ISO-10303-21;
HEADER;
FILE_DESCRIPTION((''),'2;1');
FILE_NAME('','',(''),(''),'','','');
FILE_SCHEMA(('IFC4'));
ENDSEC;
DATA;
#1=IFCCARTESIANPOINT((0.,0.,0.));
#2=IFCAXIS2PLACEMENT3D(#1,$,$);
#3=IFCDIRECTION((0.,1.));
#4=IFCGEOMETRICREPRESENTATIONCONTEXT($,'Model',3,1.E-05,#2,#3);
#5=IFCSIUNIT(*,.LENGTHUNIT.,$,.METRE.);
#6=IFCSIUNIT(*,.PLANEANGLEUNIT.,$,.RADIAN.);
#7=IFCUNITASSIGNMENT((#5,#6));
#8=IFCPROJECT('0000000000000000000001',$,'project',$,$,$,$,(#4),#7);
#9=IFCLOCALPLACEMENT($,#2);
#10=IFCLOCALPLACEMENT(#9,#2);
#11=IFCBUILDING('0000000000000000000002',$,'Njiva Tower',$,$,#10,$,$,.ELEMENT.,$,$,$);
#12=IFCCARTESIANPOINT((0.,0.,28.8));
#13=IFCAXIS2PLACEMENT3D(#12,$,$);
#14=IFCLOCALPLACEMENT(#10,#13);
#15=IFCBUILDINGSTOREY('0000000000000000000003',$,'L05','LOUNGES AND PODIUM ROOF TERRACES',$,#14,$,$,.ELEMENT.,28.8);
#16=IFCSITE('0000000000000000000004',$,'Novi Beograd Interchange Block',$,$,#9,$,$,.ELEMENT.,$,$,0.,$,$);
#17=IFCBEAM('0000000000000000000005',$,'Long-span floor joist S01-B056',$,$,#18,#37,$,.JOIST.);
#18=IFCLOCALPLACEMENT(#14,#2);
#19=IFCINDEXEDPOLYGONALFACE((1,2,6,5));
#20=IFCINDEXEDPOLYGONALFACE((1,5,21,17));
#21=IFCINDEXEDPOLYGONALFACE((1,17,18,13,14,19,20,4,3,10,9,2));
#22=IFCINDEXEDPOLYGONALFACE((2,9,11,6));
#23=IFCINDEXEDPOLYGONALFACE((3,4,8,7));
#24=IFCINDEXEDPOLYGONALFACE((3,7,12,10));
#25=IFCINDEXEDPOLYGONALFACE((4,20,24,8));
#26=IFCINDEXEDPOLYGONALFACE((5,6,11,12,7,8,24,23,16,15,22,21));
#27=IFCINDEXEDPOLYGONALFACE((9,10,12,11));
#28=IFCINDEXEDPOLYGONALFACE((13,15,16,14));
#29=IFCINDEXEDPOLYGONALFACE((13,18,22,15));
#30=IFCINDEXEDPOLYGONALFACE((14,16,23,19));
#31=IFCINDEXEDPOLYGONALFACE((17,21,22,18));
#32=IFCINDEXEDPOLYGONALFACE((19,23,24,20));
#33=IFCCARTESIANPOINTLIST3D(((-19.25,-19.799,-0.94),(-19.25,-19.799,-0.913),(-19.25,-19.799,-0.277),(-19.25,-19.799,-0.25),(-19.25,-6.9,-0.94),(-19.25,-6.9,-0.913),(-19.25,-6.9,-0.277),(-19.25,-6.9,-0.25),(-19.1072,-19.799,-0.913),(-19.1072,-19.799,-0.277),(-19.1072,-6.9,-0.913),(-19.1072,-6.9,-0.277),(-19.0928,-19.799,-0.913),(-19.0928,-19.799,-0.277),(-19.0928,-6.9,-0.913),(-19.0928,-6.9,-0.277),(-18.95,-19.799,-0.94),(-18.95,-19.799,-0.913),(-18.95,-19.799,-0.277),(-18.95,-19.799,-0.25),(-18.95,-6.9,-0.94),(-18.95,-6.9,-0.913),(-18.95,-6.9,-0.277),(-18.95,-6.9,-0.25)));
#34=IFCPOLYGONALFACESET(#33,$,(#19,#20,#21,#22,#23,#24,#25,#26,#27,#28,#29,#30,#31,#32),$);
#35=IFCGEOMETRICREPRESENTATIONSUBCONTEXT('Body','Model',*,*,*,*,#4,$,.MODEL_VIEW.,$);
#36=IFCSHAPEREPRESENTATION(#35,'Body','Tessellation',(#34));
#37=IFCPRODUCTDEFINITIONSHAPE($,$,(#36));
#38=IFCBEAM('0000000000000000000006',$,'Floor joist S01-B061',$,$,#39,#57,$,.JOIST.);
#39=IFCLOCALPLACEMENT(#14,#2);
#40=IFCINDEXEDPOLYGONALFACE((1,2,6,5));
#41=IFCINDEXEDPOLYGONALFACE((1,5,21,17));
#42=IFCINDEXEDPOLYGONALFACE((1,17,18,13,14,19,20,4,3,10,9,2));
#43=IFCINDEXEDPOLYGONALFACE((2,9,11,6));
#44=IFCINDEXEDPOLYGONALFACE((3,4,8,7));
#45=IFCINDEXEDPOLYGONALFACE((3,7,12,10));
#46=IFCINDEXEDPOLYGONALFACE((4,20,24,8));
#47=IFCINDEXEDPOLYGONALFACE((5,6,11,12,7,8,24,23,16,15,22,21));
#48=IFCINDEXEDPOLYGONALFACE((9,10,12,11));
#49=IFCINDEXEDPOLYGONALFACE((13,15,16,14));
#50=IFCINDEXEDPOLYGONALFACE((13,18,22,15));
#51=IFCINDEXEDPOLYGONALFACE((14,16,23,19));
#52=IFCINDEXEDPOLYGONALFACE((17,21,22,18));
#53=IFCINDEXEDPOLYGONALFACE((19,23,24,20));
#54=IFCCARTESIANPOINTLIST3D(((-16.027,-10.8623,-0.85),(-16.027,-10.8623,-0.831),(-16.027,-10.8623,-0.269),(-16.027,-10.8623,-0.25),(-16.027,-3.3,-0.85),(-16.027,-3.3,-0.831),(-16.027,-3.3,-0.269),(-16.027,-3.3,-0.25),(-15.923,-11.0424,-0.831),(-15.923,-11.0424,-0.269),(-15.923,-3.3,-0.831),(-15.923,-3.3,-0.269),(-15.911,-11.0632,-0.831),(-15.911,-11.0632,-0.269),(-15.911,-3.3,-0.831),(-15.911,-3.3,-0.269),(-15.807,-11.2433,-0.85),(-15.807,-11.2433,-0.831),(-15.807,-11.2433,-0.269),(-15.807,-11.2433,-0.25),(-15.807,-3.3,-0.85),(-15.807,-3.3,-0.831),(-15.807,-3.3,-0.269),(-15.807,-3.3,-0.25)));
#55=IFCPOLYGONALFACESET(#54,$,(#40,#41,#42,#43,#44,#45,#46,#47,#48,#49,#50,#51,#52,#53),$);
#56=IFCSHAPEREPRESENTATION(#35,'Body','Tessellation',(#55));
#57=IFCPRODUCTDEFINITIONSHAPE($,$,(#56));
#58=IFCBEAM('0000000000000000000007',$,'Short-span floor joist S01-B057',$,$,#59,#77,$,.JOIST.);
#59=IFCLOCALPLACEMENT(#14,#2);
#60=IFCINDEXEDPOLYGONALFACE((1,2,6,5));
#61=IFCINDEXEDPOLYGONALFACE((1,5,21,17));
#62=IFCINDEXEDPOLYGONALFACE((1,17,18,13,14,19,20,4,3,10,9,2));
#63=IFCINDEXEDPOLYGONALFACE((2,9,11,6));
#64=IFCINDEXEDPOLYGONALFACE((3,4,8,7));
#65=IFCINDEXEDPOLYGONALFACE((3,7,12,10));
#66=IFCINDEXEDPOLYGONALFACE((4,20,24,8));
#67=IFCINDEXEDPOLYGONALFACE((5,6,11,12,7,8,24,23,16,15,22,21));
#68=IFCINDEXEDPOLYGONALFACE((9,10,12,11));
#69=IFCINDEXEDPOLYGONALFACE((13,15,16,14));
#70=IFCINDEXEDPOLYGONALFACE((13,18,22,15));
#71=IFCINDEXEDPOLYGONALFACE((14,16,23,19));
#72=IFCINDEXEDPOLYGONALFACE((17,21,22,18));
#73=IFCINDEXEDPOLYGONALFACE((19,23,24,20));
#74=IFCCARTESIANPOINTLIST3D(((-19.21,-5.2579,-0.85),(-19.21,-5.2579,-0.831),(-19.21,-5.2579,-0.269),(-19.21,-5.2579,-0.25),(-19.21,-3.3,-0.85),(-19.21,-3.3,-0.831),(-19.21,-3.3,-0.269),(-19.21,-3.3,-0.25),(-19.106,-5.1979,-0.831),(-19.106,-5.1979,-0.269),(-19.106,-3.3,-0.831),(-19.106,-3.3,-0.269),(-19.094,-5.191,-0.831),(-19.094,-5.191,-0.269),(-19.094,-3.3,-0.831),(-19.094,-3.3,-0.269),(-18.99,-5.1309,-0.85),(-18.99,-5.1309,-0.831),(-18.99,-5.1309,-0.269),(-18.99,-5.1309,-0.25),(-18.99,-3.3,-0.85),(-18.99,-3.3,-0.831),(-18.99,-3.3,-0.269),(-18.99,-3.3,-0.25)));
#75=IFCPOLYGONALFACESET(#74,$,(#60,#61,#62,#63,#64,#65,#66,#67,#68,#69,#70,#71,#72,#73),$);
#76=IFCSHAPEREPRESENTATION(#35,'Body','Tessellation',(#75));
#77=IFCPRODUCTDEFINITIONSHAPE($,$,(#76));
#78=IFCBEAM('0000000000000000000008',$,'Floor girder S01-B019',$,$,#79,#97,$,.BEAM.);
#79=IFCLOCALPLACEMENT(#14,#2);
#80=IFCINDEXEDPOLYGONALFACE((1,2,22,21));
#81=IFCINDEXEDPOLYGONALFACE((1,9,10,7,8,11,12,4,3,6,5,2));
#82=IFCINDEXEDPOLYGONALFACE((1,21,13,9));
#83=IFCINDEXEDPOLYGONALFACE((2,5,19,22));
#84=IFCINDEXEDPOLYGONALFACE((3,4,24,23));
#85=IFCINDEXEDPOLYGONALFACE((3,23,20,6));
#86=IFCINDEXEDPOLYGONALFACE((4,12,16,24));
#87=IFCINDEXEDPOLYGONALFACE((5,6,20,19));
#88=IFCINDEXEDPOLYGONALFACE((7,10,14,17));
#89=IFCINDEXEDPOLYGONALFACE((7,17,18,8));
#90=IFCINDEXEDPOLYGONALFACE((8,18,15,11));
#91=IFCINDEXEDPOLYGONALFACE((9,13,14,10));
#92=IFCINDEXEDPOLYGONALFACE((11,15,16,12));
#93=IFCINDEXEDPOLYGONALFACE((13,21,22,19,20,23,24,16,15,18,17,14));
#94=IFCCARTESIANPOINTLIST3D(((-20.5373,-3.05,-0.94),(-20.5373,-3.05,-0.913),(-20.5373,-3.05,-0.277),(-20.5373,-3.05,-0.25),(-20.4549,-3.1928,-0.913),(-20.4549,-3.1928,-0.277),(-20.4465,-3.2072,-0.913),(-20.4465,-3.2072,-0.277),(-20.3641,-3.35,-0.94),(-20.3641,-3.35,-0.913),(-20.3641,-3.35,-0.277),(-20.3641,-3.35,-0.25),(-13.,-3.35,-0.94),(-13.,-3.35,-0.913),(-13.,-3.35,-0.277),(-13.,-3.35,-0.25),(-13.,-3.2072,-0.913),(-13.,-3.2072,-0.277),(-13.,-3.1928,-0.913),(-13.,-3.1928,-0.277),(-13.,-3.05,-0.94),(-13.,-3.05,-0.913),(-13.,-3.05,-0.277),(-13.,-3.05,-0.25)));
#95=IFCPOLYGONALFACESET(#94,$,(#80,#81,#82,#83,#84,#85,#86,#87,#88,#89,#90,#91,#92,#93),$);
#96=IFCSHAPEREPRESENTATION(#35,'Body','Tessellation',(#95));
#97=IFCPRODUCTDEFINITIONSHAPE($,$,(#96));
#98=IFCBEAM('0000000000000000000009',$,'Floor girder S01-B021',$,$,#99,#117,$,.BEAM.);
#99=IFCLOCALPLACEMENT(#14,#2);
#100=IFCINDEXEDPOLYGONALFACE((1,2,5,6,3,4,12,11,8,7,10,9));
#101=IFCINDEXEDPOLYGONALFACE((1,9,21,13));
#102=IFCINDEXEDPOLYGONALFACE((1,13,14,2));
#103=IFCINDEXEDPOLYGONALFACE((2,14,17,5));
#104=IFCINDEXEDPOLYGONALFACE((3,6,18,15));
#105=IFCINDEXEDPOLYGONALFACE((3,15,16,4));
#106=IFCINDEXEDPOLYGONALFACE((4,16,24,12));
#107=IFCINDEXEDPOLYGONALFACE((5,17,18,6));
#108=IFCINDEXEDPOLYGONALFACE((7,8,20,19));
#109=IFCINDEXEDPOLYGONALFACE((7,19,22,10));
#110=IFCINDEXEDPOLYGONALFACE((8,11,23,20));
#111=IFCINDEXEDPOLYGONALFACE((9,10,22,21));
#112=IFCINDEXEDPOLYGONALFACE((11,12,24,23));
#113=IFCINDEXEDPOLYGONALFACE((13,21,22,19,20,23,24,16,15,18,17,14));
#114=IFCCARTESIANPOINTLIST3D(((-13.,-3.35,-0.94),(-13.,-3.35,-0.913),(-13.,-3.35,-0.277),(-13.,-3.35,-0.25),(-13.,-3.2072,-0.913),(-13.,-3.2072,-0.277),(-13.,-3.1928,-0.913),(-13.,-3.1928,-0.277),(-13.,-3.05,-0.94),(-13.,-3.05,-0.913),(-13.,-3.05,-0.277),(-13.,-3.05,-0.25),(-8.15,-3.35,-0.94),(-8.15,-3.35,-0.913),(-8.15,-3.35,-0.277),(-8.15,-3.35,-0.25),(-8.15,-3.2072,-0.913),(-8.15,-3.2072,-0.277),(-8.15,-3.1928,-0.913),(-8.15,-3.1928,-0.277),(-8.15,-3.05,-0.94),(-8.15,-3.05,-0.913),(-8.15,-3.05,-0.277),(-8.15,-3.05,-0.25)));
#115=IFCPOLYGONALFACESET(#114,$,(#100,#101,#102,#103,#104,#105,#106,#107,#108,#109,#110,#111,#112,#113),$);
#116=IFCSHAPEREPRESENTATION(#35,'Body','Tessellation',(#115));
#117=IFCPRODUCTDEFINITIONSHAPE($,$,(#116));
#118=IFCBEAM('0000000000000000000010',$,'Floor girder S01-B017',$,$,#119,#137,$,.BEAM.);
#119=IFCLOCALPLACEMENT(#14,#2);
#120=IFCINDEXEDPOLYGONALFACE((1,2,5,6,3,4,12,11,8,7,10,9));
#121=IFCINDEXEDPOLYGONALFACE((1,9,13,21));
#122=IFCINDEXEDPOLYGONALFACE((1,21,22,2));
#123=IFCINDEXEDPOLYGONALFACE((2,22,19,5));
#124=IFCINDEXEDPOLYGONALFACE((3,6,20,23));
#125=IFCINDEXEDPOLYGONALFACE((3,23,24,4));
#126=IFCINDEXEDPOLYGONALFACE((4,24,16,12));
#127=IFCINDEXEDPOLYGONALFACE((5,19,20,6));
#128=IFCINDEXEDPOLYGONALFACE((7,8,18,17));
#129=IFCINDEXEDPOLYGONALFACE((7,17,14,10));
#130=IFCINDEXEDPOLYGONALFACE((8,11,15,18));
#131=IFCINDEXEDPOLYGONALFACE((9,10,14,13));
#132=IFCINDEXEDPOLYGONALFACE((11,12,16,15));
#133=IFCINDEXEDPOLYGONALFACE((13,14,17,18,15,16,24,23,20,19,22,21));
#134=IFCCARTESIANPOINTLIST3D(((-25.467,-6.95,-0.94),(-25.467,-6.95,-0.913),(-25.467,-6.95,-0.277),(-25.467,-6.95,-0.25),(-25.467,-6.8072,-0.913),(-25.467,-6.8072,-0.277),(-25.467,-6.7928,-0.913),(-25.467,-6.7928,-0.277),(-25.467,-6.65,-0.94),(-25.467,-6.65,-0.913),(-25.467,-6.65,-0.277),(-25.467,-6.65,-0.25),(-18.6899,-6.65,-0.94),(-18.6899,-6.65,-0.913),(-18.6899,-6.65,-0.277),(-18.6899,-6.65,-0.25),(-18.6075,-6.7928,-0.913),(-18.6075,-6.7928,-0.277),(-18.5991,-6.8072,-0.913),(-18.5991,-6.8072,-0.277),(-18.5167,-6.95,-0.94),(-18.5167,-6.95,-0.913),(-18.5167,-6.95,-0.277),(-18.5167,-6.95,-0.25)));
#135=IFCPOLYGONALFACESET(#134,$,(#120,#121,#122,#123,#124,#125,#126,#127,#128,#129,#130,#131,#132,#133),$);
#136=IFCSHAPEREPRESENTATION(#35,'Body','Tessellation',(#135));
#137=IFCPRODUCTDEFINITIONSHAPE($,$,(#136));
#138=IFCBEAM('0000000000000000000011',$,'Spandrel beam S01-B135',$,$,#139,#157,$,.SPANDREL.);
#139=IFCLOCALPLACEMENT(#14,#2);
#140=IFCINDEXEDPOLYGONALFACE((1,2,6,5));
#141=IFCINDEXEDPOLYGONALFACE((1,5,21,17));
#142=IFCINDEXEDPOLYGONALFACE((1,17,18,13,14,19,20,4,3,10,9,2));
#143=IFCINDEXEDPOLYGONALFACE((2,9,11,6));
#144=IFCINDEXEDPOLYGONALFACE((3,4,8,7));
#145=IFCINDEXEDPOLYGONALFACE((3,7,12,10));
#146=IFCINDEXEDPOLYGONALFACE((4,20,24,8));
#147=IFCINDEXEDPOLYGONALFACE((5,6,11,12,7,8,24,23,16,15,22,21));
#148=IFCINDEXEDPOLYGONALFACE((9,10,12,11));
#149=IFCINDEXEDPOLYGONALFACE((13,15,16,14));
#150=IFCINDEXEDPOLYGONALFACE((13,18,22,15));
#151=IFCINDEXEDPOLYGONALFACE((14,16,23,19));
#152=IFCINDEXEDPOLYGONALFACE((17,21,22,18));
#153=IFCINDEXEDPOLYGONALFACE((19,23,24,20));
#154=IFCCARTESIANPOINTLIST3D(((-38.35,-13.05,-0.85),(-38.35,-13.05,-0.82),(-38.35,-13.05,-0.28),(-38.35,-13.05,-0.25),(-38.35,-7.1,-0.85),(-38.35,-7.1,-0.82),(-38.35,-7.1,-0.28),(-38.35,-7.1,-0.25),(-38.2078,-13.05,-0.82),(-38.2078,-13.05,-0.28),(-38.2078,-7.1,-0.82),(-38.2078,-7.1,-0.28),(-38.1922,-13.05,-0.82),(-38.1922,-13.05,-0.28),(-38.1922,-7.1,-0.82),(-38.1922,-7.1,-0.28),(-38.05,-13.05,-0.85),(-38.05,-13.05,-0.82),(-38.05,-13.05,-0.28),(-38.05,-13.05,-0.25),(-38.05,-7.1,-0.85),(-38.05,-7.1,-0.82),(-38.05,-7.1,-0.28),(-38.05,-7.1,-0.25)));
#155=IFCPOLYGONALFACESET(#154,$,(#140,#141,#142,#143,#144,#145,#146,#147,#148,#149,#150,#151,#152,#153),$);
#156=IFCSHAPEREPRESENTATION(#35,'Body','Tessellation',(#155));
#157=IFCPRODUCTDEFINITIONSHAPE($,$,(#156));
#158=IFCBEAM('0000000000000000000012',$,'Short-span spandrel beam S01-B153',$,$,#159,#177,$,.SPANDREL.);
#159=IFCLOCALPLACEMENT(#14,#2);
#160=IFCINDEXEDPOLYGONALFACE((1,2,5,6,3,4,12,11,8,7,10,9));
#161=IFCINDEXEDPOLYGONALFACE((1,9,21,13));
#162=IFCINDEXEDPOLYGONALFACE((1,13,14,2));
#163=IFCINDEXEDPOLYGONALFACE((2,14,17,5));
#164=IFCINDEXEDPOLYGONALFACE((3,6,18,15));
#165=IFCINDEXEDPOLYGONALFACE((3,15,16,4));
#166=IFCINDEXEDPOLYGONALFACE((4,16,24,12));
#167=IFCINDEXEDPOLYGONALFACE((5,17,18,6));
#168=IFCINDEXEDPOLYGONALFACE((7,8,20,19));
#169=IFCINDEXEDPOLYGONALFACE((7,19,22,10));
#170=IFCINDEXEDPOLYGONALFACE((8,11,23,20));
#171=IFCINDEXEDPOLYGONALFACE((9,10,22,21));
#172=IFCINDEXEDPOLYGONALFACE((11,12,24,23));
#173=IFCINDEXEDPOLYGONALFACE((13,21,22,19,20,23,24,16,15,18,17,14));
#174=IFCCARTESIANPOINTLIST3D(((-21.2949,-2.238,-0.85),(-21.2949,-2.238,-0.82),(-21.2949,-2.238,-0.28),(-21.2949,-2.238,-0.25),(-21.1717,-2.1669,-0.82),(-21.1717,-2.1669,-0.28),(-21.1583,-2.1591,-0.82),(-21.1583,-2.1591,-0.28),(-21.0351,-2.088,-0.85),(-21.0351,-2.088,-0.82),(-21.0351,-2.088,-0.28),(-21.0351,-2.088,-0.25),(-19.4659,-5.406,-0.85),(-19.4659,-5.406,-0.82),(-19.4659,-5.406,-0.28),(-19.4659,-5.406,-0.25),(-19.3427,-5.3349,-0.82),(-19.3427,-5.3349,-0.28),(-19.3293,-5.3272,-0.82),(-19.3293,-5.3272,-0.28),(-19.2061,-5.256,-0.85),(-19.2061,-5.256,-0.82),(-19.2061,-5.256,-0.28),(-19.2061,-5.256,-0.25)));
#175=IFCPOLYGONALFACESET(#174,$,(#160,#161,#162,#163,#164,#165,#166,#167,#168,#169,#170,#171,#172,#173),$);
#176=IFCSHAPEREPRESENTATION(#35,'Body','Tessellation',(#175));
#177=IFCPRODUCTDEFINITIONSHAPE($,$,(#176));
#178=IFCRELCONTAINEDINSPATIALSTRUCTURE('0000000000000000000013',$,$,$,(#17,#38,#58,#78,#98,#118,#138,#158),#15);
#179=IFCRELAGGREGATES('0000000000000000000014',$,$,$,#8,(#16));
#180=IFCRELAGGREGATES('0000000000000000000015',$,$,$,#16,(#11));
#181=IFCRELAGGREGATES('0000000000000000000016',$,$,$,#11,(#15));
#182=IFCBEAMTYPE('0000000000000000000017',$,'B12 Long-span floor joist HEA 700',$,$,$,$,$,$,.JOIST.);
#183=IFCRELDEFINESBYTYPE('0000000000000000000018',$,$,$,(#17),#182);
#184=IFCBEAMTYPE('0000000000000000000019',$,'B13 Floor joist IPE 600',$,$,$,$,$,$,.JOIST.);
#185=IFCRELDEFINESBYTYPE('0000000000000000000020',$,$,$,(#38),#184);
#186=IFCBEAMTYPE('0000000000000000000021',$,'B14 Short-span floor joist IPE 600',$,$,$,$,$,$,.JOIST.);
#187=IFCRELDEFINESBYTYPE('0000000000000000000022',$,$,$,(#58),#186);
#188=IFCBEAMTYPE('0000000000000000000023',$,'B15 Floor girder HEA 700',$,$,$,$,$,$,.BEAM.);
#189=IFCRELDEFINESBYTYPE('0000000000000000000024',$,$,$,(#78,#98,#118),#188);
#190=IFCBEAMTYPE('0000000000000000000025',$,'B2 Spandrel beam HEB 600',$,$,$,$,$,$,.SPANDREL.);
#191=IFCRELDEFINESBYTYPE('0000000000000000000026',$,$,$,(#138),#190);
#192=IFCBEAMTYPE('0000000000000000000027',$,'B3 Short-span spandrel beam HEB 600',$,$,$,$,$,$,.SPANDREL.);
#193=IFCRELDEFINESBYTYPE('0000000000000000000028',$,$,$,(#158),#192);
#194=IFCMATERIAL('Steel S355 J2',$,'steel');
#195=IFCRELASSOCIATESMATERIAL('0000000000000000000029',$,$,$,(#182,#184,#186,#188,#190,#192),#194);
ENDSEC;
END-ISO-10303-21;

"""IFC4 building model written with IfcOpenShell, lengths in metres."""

from ifc_helpers import new_model, si_unit, direction, frame, origin, origin_2d, place, context, subcontext, project, spatial, i_section, extrude, clip, halfspace, material, material_profile, profile_set, type_object, element, save


model = new_model("IFC4")

# Units and contexts
model_context = context("Model", 3, precision=1e-05, world=origin(), true_north=direction((0.0, 1.0)))
body_context = subcontext(model_context, "Body", "Model", "MODEL_VIEW")
ifc_project = project(units=[si_unit("LENGTHUNIT", "METRE"), si_unit("PLANEANGLEUNIT", "RADIAN")], contexts=[model_context])

# Site, building, storey
site_placement = place(None, origin())
site = spatial("IfcSite", under=ifc_project, at=site_placement, Name="Novi Beograd Interchange Block", CompositionType="ELEMENT", RefElevation=0.0)
building_placement = place(site_placement, origin())
building = spatial("IfcBuilding", under=site, at=building_placement, Name="Njiva Tower", CompositionType="ELEMENT")
storey_placement = place(building_placement, frame((0.0, 0.0, 28.8)))
storey = spatial("IfcBuildingStorey", under=building, at=storey_placement, Name="L05", Description="LOUNGES AND PODIUM ROOF TERRACES", CompositionType="ELEMENT", Elevation=28.8)

# Shared definitions
ifc_material_1 = material(Name="Steel S355 J2", Category="steel")

# Beams
ifc_material_profile_1 = material_profile(ifc_material_1, i_section(OverallWidth=0.3, OverallDepth=0.69, WebThickness=0.0145, FlangeThickness=0.027, at=origin_2d()), Name="HEA 700")
ifc_profile_set_1 = profile_set([ifc_material_profile_1], Name="Steel S355 J2")
beam_type_1 = type_object("IfcBeamType", Name="B12 Long-span floor joist HEA 700", PredefinedType="JOIST", material=ifc_profile_set_1)
for number, where, z_axis, x_axis, name in (
    (1, (-19.1, -6.9, -0.595), (0.0, -1.0, 0.0), (1.0, 0.0, 0.0), "Long-span floor joist S01-B056"),
):
    element("IfcBeam", number, at=place(storey_placement, frame(where, z_axis=z_axis, x_axis=x_axis)), inside=storey, type_object=beam_type_1, Name=name, PredefinedType="JOIST", context=body_context, shape_type="SweptSolid", body=[
        extrude(i_section(OverallWidth=0.3, OverallDepth=0.69, WebThickness=0.0145, FlangeThickness=0.027, at=origin_2d()), origin(), (0.0, 0.0, 1.0), 12.899),
    ])
ifc_material_profile_2 = material_profile(ifc_material_1, i_section(OverallWidth=0.22, OverallDepth=0.6, WebThickness=0.012, FlangeThickness=0.019, at=origin_2d()), Name="IPE 600")
ifc_profile_set_2 = profile_set([ifc_material_profile_2], Name="Steel S355 J2")
beam_type_2 = type_object("IfcBeamType", Name="B13 Floor joist IPE 600", PredefinedType="JOIST", material=ifc_profile_set_2)
beam_1_placement = place(storey_placement, frame((-15.917, -3.3, -0.55), z_axis=(0.0, -1.0, 0.0), x_axis=(1.0, 0.0, 0.0)))
element("IfcBeam", 2, at=beam_1_placement, inside=storey, type_object=beam_type_2, Name="Floor joist S01-B061", PredefinedType="JOIST", context=body_context, shape_type="Clipping", body=[
    clip(extrude(i_section(OverallWidth=0.22, OverallDepth=0.6, WebThickness=0.012, FlangeThickness=0.019, at=origin_2d()), origin(), (0.0, 0.0, 1.0), 7.964), halfspace(frame((-0.043, 0.0, 7.6783), z_axis=(-0.866027, 0.0, 0.499998), x_axis=(0.0, 1.0, 0.0)), False)),
])
ifc_material_profile_3 = material_profile(ifc_material_1, i_section(OverallWidth=0.22, OverallDepth=0.6, WebThickness=0.012, FlangeThickness=0.019, at=origin_2d()), Name="IPE 600")
ifc_profile_set_3 = profile_set([ifc_material_profile_3], Name="Steel S355 J2")
beam_type_3 = type_object("IfcBeamType", Name="B14 Short-span floor joist IPE 600", PredefinedType="JOIST", material=ifc_profile_set_3)
beam_2_placement = place(storey_placement, frame((-19.1, -3.3, -0.55), z_axis=(0.0, -1.0, 0.0), x_axis=(1.0, 0.0, 0.0)))
element("IfcBeam", 3, at=beam_2_placement, inside=storey, type_object=beam_type_3, Name="Short-span floor joist S01-B057", PredefinedType="JOIST", context=body_context, shape_type="Clipping", body=[
    clip(extrude(i_section(OverallWidth=0.22, OverallDepth=0.6, WebThickness=0.012, FlangeThickness=0.019, at=origin_2d()), origin(), (0.0, 0.0, 1.0), 1.978), halfspace(frame((0.025, 0.0, 1.88), z_axis=(0.499998, 0.0, 0.866027), x_axis=(0.0, 1.0, 0.0)), False)),
])
ifc_material_profile_4 = material_profile(ifc_material_1, i_section(OverallWidth=0.3, OverallDepth=0.69, WebThickness=0.0145, FlangeThickness=0.027, at=origin_2d()), Name="HEA 700")
ifc_profile_set_4 = profile_set([ifc_material_profile_4], Name="Steel S355 J2")
beam_type_4 = type_object("IfcBeamType", Name="B15 Floor girder HEA 700", PredefinedType="BEAM", material=ifc_profile_set_4)
beam_3_placement = place(storey_placement, frame((-20.558, -3.2, -0.595), z_axis=(1.0, 0.0, 0.0), x_axis=(0.0, 1.0, 0.0)))
element("IfcBeam", 4, at=beam_3_placement, inside=storey, type_object=beam_type_4, Name="Floor girder S01-B019", PredefinedType="BEAM", context=body_context, shape_type="Clipping", body=[
    clip(extrude(i_section(OverallWidth=0.3, OverallDepth=0.69, WebThickness=0.0145, FlangeThickness=0.027, at=origin_2d()), origin(), (0.0, 0.0, 1.0), 7.558), halfspace(frame((-0.025, 0.0, 0.1217), z_axis=(-0.499998, 0.0, -0.866027), x_axis=(0.0, -1.0, 0.0)), False)),
])
beam_4_placement = place(storey_placement, frame((-13.0, -3.2, -0.595), z_axis=(1.0, 0.0, 0.0), x_axis=(0.0, 1.0, 0.0)))
element("IfcBeam", 5, at=beam_4_placement, inside=storey, type_object=beam_type_4, Name="Floor girder S01-B021", PredefinedType="BEAM", context=body_context, shape_type="SweptSolid", body=[
    extrude(i_section(OverallWidth=0.3, OverallDepth=0.69, WebThickness=0.0145, FlangeThickness=0.027, at=origin_2d()), origin(), (0.0, 0.0, 1.0), 4.85),
])
beam_5_placement = place(storey_placement, frame((-25.467, -6.8, -0.595), z_axis=(1.0, 0.0, 0.0), x_axis=(0.0, 1.0, 0.0)))
element("IfcBeam", 6, at=beam_5_placement, inside=storey, type_object=beam_type_4, Name="Floor girder S01-B017", PredefinedType="BEAM", context=body_context, shape_type="Clipping", body=[
    clip(extrude(i_section(OverallWidth=0.3, OverallDepth=0.69, WebThickness=0.0145, FlangeThickness=0.027, at=origin_2d()), origin(), (0.0, 0.0, 1.0), 6.971), halfspace(frame((0.025, 0.0, 6.8493), z_axis=(0.499998, 0.0, 0.866027), x_axis=(0.0, 1.0, 0.0)), False)),
])
ifc_material_profile_5 = material_profile(ifc_material_1, i_section(OverallWidth=0.3, OverallDepth=0.6, WebThickness=0.0155, FlangeThickness=0.03, at=origin_2d()), Name="HEB 600")
ifc_profile_set_5 = profile_set([ifc_material_profile_5], Name="Steel S355 J2")
beam_type_5 = type_object("IfcBeamType", Name="B2 Spandrel beam HEB 600", PredefinedType="SPANDREL", material=ifc_profile_set_5)
beam_6_placement = place(storey_placement, frame((-38.2, -7.1, -0.55), z_axis=(0.0, -1.0, 0.0), x_axis=(1.0, 0.0, 0.0)))
element("IfcBeam", 7, at=beam_6_placement, inside=storey, type_object=beam_type_5, Name="Spandrel beam S01-B135", PredefinedType="SPANDREL", context=body_context, shape_type="SweptSolid", body=[
    extrude(i_section(OverallWidth=0.3, OverallDepth=0.6, WebThickness=0.0155, FlangeThickness=0.03, at=origin_2d()), origin(), (0.0, 0.0, 1.0), 5.95),
])
ifc_material_profile_6 = material_profile(ifc_material_1, i_section(OverallWidth=0.3, OverallDepth=0.6, WebThickness=0.0155, FlangeThickness=0.03, at=origin_2d()), Name="HEB 600")
ifc_profile_set_6 = profile_set([ifc_material_profile_6], Name="Steel S355 J2")
beam_type_6 = type_object("IfcBeamType", Name="B3 Short-span spandrel beam HEB 600", PredefinedType="SPANDREL", material=ifc_profile_set_6)
for number, where, z_axis, x_axis, name in (
    (8, (-21.165, -2.163, -0.55), (0.499991, -0.866031, 0.0), (0.866031, 0.499991, 0.0), "Short-span spandrel beam S01-B153"),
):
    element("IfcBeam", number, at=place(storey_placement, frame(where, z_axis=z_axis, x_axis=x_axis)), inside=storey, type_object=beam_type_6, Name=name, PredefinedType="SPANDREL", context=body_context, shape_type="SweptSolid", body=[
        extrude(i_section(OverallWidth=0.3, OverallDepth=0.6, WebThickness=0.0155, FlangeThickness=0.03, at=origin_2d()), origin(), (0.0, 0.0, 1.0), 3.6581),
    ])

save(model, "model.ifc")
